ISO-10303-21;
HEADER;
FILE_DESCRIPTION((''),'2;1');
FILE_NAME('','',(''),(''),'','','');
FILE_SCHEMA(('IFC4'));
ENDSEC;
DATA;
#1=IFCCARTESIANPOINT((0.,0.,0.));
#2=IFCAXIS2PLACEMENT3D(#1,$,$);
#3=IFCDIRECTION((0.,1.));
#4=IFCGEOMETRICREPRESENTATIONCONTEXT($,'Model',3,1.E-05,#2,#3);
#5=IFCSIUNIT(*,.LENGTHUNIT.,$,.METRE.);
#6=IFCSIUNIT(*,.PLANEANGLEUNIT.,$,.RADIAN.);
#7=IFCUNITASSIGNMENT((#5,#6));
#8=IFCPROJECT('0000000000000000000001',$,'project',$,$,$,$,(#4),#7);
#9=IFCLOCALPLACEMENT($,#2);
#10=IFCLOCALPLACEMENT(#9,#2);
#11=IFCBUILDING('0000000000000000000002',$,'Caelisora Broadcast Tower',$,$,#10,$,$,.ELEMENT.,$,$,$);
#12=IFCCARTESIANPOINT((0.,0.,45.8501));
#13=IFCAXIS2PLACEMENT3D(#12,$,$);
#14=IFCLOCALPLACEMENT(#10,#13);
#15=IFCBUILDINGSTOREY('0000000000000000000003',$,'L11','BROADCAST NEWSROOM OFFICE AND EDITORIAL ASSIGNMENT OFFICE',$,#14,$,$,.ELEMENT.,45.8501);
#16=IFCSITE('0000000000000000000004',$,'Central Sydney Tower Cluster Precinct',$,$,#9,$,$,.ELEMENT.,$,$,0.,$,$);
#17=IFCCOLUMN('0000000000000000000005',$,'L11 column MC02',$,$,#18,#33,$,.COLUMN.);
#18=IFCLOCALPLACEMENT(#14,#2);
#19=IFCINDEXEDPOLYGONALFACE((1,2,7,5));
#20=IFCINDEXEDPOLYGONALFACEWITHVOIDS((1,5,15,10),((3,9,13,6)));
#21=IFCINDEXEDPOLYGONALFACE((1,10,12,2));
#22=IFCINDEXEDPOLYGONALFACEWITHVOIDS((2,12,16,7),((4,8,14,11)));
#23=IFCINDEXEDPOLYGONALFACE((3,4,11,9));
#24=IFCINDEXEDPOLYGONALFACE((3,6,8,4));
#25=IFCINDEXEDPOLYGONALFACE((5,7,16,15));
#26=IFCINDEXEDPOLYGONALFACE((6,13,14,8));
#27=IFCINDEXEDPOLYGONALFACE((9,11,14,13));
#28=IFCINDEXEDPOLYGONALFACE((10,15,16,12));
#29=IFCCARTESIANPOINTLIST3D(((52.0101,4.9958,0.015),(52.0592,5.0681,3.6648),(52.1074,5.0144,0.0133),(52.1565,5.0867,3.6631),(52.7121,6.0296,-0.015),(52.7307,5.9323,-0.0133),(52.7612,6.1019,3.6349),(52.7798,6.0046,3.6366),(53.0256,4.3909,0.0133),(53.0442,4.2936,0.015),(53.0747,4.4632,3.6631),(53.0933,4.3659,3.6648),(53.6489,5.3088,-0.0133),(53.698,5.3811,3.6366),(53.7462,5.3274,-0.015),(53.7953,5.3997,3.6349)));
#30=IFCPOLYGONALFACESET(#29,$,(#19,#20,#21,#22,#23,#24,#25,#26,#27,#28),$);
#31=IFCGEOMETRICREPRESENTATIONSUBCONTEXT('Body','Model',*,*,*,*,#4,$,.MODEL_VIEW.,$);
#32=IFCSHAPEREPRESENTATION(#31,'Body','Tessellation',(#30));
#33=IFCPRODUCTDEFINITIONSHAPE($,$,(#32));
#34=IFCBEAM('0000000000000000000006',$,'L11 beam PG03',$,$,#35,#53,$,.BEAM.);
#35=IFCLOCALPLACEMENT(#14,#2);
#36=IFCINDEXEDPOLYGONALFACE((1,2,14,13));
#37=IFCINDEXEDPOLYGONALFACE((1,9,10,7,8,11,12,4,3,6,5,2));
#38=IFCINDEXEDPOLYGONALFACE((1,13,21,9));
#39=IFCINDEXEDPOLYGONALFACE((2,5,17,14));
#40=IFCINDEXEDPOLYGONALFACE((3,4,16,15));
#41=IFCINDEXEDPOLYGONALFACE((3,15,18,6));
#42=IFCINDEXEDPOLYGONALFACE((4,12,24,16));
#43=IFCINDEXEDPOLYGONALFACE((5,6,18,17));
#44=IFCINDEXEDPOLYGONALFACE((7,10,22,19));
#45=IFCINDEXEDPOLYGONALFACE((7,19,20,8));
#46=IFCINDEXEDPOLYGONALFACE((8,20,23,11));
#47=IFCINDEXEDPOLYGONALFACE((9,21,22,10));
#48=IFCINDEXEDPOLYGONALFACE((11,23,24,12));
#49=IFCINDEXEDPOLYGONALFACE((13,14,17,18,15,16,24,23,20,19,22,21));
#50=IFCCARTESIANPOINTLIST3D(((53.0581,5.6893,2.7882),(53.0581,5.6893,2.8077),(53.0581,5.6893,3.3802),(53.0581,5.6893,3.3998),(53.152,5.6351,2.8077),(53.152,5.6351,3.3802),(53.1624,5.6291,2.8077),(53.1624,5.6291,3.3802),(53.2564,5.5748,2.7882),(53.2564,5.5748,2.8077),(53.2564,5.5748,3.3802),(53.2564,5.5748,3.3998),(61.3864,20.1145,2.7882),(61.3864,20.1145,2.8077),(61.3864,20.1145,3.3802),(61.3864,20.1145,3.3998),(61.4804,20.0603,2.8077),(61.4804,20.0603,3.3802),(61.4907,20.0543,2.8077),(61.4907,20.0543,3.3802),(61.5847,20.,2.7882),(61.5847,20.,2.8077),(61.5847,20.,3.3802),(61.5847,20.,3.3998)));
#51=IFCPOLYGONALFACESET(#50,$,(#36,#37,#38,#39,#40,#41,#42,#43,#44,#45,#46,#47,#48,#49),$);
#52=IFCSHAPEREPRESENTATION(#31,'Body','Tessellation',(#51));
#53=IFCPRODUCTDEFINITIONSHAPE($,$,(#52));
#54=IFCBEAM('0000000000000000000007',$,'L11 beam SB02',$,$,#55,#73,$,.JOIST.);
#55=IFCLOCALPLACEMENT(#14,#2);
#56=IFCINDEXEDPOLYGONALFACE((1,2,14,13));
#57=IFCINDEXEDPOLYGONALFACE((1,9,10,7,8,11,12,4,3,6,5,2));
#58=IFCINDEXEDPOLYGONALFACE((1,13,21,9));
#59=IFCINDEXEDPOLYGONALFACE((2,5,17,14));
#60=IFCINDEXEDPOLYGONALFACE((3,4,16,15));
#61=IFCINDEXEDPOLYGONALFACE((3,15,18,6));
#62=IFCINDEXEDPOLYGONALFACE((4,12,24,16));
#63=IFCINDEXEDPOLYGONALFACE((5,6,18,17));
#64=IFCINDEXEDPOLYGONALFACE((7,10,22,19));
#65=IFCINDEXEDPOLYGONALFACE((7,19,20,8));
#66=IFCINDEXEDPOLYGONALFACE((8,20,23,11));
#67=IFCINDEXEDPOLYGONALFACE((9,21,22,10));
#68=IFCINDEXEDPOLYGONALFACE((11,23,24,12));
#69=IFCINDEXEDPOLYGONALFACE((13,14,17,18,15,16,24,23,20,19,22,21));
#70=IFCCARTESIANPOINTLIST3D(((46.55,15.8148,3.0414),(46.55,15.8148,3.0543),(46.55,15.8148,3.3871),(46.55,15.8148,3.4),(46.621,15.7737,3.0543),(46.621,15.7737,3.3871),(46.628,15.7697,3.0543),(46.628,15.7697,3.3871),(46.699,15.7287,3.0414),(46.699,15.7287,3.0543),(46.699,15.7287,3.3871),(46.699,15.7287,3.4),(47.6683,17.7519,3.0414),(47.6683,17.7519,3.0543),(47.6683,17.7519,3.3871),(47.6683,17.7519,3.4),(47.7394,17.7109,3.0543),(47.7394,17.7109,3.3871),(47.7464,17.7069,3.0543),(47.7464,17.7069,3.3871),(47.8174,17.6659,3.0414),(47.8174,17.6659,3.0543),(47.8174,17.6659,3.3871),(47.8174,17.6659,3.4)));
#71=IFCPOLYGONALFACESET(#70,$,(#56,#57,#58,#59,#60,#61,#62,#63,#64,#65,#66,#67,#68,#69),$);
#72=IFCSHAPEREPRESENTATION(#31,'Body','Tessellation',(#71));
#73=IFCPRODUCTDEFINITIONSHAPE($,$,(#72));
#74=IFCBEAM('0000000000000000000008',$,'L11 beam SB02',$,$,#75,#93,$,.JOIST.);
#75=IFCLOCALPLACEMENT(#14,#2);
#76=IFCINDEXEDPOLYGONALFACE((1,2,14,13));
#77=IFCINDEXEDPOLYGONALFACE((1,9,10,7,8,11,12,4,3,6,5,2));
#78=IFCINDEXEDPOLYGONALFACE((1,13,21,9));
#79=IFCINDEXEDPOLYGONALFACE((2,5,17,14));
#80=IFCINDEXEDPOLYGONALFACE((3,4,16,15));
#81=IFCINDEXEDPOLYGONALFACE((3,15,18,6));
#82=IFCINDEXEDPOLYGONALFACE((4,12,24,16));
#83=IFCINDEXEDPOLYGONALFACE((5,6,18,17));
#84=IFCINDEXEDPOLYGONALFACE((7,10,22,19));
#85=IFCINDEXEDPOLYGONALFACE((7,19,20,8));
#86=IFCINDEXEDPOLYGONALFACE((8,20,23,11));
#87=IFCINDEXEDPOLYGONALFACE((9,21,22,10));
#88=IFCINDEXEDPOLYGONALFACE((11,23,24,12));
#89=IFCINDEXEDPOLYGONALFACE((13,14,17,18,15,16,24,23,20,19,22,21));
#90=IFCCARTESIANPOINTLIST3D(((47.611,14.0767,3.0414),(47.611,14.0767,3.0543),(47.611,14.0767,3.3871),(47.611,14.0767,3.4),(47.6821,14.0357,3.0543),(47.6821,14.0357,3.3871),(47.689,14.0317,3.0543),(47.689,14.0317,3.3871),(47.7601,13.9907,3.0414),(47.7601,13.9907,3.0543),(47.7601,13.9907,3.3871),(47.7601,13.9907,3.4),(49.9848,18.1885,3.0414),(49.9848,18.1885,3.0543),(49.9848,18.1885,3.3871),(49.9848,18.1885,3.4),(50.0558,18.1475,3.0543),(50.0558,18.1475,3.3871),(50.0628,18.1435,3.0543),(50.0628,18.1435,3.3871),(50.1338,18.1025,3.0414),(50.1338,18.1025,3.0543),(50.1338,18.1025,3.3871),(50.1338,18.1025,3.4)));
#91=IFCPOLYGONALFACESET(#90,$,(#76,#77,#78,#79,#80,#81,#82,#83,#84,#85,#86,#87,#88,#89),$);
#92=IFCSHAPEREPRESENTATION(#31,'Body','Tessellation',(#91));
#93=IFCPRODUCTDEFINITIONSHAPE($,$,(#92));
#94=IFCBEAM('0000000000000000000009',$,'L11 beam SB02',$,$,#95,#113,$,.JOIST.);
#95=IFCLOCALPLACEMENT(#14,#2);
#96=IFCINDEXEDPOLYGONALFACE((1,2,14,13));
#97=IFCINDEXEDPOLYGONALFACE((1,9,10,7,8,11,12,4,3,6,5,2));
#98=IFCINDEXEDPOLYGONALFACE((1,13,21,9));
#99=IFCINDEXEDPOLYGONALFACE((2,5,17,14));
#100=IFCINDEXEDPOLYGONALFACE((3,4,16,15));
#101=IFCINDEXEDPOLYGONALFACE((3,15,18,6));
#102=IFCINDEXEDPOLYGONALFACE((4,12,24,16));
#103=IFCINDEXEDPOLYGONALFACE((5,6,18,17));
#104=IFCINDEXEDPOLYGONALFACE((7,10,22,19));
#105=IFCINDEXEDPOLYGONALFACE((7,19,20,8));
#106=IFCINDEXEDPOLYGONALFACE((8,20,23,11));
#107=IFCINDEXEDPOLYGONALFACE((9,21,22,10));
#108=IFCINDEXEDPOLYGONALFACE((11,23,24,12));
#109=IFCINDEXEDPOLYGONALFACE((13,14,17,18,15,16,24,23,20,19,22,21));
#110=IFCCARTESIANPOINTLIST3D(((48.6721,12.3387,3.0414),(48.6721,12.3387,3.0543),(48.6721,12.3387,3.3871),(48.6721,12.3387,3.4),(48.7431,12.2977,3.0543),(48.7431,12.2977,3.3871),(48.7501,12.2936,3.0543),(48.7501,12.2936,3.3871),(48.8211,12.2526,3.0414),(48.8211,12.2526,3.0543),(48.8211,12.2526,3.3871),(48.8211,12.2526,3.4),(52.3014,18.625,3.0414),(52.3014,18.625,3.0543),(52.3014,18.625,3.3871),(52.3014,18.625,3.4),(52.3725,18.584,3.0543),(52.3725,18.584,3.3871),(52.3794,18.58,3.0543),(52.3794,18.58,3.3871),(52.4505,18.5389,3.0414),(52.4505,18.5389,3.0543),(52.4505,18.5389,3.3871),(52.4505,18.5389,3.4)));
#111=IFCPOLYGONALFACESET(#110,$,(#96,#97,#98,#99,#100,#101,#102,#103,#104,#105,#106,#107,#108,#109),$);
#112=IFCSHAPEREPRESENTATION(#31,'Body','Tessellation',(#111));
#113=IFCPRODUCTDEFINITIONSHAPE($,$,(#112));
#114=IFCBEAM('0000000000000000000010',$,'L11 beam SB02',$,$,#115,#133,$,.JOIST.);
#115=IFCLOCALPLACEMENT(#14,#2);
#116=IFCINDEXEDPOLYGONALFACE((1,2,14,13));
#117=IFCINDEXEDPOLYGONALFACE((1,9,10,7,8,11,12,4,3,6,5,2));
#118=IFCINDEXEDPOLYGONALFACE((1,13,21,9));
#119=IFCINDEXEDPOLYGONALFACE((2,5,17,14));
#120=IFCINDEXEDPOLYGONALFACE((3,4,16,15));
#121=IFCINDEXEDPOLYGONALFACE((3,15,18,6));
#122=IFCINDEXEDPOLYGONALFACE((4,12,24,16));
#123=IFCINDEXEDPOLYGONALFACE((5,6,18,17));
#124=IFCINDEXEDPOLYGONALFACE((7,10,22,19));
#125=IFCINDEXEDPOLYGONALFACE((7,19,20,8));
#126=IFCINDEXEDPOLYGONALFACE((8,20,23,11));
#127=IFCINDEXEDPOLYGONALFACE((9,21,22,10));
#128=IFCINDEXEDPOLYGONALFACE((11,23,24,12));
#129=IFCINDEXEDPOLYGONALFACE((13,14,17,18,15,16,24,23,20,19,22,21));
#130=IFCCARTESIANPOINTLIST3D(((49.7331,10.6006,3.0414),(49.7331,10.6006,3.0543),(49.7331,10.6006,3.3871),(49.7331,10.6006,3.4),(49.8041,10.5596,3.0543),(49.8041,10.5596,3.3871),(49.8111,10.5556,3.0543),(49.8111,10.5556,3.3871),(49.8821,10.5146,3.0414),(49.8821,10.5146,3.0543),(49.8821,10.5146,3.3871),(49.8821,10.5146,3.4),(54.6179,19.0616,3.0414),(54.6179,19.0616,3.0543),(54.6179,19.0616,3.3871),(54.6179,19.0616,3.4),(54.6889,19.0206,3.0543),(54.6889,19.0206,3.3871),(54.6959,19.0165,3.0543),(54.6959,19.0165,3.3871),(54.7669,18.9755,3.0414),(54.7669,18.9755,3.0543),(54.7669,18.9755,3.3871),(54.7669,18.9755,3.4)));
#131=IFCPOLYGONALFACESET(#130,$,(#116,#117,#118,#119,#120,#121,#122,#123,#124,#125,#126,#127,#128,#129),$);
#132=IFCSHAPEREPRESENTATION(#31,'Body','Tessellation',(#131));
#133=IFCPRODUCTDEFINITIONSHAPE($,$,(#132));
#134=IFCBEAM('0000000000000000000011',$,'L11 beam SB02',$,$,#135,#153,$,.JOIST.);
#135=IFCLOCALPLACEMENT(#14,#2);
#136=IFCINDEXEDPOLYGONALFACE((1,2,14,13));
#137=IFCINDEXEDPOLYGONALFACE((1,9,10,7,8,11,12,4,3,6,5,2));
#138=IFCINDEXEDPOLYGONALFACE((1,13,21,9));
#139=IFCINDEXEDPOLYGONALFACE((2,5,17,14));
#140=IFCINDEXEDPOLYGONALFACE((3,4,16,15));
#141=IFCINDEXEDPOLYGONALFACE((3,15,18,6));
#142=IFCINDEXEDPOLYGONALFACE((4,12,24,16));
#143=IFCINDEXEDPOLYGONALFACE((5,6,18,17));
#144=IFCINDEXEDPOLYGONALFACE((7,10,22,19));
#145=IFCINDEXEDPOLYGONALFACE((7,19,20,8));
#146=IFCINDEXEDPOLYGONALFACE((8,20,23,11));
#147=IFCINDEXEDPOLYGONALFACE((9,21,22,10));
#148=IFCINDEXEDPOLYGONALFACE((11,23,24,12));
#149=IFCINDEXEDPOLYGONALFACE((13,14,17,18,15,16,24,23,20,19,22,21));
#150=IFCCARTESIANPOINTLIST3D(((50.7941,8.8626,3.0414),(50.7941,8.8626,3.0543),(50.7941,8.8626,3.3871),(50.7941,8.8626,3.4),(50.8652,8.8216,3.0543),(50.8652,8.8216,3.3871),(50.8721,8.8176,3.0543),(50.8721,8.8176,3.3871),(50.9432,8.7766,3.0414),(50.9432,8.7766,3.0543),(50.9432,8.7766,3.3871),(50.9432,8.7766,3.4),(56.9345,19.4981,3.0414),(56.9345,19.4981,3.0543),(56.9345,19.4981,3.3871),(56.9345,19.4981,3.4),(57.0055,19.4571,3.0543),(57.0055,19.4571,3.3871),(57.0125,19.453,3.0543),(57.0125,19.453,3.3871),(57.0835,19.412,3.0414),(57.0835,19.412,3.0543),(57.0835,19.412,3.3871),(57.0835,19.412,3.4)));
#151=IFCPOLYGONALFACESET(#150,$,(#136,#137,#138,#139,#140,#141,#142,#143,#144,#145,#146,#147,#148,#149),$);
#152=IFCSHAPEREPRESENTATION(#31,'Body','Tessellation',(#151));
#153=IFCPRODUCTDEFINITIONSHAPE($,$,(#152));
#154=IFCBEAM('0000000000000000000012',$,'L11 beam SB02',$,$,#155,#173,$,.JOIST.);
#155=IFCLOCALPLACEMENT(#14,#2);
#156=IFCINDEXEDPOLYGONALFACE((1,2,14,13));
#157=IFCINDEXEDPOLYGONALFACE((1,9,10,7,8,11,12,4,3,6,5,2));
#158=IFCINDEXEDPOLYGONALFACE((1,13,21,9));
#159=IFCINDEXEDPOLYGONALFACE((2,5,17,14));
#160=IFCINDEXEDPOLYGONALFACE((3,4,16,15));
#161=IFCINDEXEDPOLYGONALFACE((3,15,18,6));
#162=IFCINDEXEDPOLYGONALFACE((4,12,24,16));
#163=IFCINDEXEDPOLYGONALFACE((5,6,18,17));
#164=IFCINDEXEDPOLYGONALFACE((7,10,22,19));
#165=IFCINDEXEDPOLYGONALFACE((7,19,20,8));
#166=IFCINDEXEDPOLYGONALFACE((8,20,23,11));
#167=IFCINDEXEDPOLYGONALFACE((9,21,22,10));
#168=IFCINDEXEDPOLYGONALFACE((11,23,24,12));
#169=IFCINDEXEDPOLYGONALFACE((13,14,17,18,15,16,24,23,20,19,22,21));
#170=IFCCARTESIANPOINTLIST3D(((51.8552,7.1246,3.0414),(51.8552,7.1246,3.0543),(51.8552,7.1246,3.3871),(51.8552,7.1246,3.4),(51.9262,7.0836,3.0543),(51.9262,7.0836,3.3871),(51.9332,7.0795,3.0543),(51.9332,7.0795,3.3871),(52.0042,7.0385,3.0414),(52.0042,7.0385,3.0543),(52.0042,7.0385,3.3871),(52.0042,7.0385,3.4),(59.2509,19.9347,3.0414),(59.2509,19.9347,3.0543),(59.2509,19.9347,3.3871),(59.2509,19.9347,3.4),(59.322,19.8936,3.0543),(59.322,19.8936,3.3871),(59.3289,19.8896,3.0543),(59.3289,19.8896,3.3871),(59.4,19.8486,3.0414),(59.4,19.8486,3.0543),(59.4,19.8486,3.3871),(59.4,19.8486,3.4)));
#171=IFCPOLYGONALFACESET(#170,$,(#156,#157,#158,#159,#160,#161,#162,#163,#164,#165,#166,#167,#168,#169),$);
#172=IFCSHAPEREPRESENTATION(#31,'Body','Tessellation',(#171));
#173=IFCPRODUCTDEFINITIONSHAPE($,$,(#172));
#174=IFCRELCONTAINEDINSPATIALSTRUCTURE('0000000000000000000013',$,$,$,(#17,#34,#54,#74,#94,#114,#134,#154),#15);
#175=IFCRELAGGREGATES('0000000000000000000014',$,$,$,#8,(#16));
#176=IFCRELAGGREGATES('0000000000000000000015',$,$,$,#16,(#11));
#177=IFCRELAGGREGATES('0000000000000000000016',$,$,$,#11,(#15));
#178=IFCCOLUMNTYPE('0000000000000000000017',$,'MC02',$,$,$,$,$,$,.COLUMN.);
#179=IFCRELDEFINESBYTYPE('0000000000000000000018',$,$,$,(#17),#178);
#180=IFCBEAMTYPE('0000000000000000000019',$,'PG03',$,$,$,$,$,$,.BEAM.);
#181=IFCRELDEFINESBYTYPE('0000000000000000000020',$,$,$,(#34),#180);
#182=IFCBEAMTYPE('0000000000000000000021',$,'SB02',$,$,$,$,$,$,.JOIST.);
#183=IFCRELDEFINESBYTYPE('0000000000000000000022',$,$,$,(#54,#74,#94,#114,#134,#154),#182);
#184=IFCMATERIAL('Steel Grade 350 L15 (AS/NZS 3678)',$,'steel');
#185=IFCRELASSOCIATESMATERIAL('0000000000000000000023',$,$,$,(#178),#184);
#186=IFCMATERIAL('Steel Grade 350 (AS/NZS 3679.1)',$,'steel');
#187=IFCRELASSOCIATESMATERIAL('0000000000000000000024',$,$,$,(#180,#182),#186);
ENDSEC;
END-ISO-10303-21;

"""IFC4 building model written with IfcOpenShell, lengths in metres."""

from ifc_helpers import new_model, si_unit, direction, frame, origin, origin_2d, place, context, subcontext, project, spatial, hollow_rectangle, i_section, extrude, source, transform, mapped, material, material_profile, profile_set, type_object, type_shapes, element, save


model = new_model("IFC4")

# Units and contexts
model_context = context("Model", 3, precision=1e-05, world=origin(), true_north=direction((0.0, 1.0)))
body_context = subcontext(model_context, "Body", "Model", "MODEL_VIEW")
ifc_project = project(units=[si_unit("LENGTHUNIT", "METRE"), si_unit("PLANEANGLEUNIT", "RADIAN")], contexts=[model_context])

# Site, building, storey
site_placement = place(None, origin())
site = spatial("IfcSite", under=ifc_project, at=site_placement, Name="Central Sydney Tower Cluster Precinct", CompositionType="ELEMENT", RefElevation=0.0)
building_placement = place(site_placement, origin())
building = spatial("IfcBuilding", under=site, at=building_placement, Name="Caelisora Broadcast Tower", CompositionType="ELEMENT")
storey_placement = place(building_placement, frame((0.0, 0.0, 45.8501)))
storey = spatial("IfcBuildingStorey", under=building, at=storey_placement, Name="L11", Description="BROADCAST NEWSROOM OFFICE AND EDITORIAL ASSIGNMENT OFFICE", CompositionType="ELEMENT", Elevation=45.8501)

# Column
ifc_material_1 = material(Name="Steel Grade 350 L15 (AS/NZS 3678)", Category="steel")
ifc_material_profile_1 = material_profile(ifc_material_1, hollow_rectangle(XDim=1.25, YDim=1.25, WallThickness=0.0701, at=origin_2d()), Name="Steel Grade 350 L15 (AS/NZS 3678)")
ifc_profile_set_1 = profile_set([ifc_material_profile_1], Name="Steel Grade 350 L15 (AS/NZS 3678)")
column_type = type_object("IfcColumnType", Name="MC02", PredefinedType="COLUMN", material=ifc_profile_set_1)
shared_shape_1 = source(origin(), body_context, "Body", "SweptSolid", [
    extrude(hollow_rectangle(XDim=1.25, YDim=1.25, WallThickness=0.0701, at=origin_2d()), origin(), (0.0, 0.0, 1.0), 3.6509),
])
type_shapes(column_type, [shared_shape_1])
column_placement = place(storey_placement, frame((52.8782, 5.1616, 0.0), z_axis=(0.013441, 0.019794, 0.999714), x_axis=(-0.82729, 0.561775, 0.0)))
element("IfcColumn", 1, at=column_placement, inside=storey, type_object=column_type, Name="L11 column MC02", PredefinedType="COLUMN", context=body_context, shape_type="MappedRepresentation", body=[
    mapped(shared_shape_1, transform((0.0, 0.0, 0.0), scale=1.0)),
])

# Beams
ifc_material_2 = material(Name="Steel Grade 350 (AS/NZS 3679.1)", Category="steel")
ifc_material_profile_2 = material_profile(ifc_material_2, i_section(OverallWidth=0.229, OverallDepth=0.6116, WebThickness=0.012, FlangeThickness=0.0195, at=origin_2d()), Name="Steel Grade 350 (AS/NZS 3679.1)")
ifc_profile_set_2 = profile_set([ifc_material_profile_2], Name="Steel Grade 350 (AS/NZS 3679.1)")
beam_type_1 = type_object("IfcBeamType", Name="PG03", PredefinedType="BEAM", material=ifc_profile_set_2)
shared_shape_2 = source(origin(), body_context, "Body", "SweptSolid", [
    extrude(i_section(OverallWidth=0.229, OverallDepth=0.6116, WebThickness=0.012, FlangeThickness=0.0195, at=origin_2d()), origin(), (0.0, 0.0, 1.0), 16.6567),
])
type_shapes(beam_type_1, [shared_shape_2])
beam_1_placement = place(storey_placement, frame((53.1572, 5.6321, 3.094), z_axis=(0.499997, 0.866027, 0.0), x_axis=(-0.866027, 0.499997, 0.0)))
element("IfcBeam", 2, at=beam_1_placement, inside=storey, type_object=beam_type_1, Name="L11 beam PG03", PredefinedType="BEAM", context=body_context, shape_type="MappedRepresentation", body=[
    mapped(shared_shape_2, transform((0.0, 0.0, 0.0), scale=1.0)),
])
ifc_material_profile_3 = material_profile(ifc_material_2, i_section(OverallWidth=0.1721, OverallDepth=0.3586, WebThickness=0.0081, FlangeThickness=0.0129, at=origin_2d()), Name="Steel Grade 350 (AS/NZS 3679.1)")
ifc_profile_set_3 = profile_set([ifc_material_profile_3], Name="Steel Grade 350 (AS/NZS 3679.1)")
beam_type_2 = type_object("IfcBeamType", Name="SB02", PredefinedType="JOIST", material=ifc_profile_set_3)
shared_shape_3 = source(origin(), body_context, "Body", "SweptSolid", [
    extrude(i_section(OverallWidth=0.1721, OverallDepth=0.3586, WebThickness=0.0081, FlangeThickness=0.0129, at=origin_2d()), origin(), (0.0, 0.0, 1.0), 2.2368),
])
beam_2_placement = place(storey_placement, frame((46.6245, 15.7717, 3.2207), z_axis=(0.499978, 0.866038, 0.0), x_axis=(-0.866038, 0.499978, 0.0)))
element("IfcBeam", 3, at=beam_2_placement, inside=storey, type_object=beam_type_2, Name="L11 beam SB02", PredefinedType="JOIST", context=body_context, shape_type="MappedRepresentation", body=[
    mapped(shared_shape_3, transform((0.0, 0.0, 0.0), scale=1.0)),
])
shared_shape_4 = source(origin(), body_context, "Body", "SweptSolid", [
    extrude(i_section(OverallWidth=0.1721, OverallDepth=0.3586, WebThickness=0.0081, FlangeThickness=0.0129, at=origin_2d()), origin(), (0.0, 0.0, 1.0), 4.7478),
])
beam_3_placement = place(storey_placement, frame((47.6855, 14.0337, 3.2207), z_axis=(0.499972, 0.866042, 0.0), x_axis=(-0.866042, 0.499972, 0.0)))
element("IfcBeam", 4, at=beam_3_placement, inside=storey, type_object=beam_type_2, Name="L11 beam SB02", PredefinedType="JOIST", context=body_context, shape_type="MappedRepresentation", body=[
    mapped(shared_shape_4, transform((0.0, 0.0, 0.0), scale=1.0)),
])
shared_shape_5 = source(origin(), body_context, "Body", "SweptSolid", [
    extrude(i_section(OverallWidth=0.1721, OverallDepth=0.3586, WebThickness=0.0081, FlangeThickness=0.0129, at=origin_2d()), origin(), (0.0, 0.0, 1.0), 7.2588),
])
beam_4_placement = place(storey_placement, frame((48.7466, 12.2957, 3.2207), z_axis=(0.499995, 0.866028, 0.0), x_axis=(-0.866028, 0.499995, 0.0)))
element("IfcBeam", 5, at=beam_4_placement, inside=storey, type_object=beam_type_2, Name="L11 beam SB02", PredefinedType="JOIST", context=body_context, shape_type="MappedRepresentation", body=[
    mapped(shared_shape_5, transform((0.0, 0.0, 0.0), scale=1.0)),
])
shared_shape_6 = source(origin(), body_context, "Body", "SweptSolid", [
    extrude(i_section(OverallWidth=0.1721, OverallDepth=0.3586, WebThickness=0.0081, FlangeThickness=0.0129, at=origin_2d()), origin(), (0.0, 0.0, 1.0), 9.7698),
])
beam_5_placement = place(storey_placement, frame((49.8076, 10.5576, 3.2207), z_axis=(0.499988, 0.866032, 0.0), x_axis=(-0.866032, 0.499988, 0.0)))
element("IfcBeam", 6, at=beam_5_placement, inside=storey, type_object=beam_type_2, Name="L11 beam SB02", PredefinedType="JOIST", context=body_context, shape_type="MappedRepresentation", body=[
    mapped(shared_shape_6, transform((0.0, 0.0, 0.0), scale=1.0)),
])
shared_shape_7 = source(origin(), body_context, "Body", "SweptSolid", [
    extrude(i_section(OverallWidth=0.1721, OverallDepth=0.3586, WebThickness=0.0081, FlangeThickness=0.0129, at=origin_2d()), origin(), (0.0, 0.0, 1.0), 12.2808),
])
beam_6_placement = place(storey_placement, frame((50.8687, 8.8196, 3.2207), z_axis=(0.499998, 0.866026, 0.0), x_axis=(-0.866026, 0.499998, 0.0)))
element("IfcBeam", 7, at=beam_6_placement, inside=storey, type_object=beam_type_2, Name="L11 beam SB02", PredefinedType="JOIST", context=body_context, shape_type="MappedRepresentation", body=[
    mapped(shared_shape_7, transform((0.0, 0.0, 0.0), scale=1.0)),
])
shared_shape_8 = source(origin(), body_context, "Body", "SweptSolid", [
    extrude(i_section(OverallWidth=0.1721, OverallDepth=0.3586, WebThickness=0.0081, FlangeThickness=0.0129, at=origin_2d()), origin(), (0.0, 0.0, 1.0), 14.7917),
])
type_shapes(beam_type_2, [shared_shape_3, shared_shape_4, shared_shape_5, shared_shape_6, shared_shape_7, shared_shape_8])
beam_7_placement = place(storey_placement, frame((51.9297, 7.0815, 3.2207), z_axis=(0.499993, 0.866029, 0.0), x_axis=(-0.866029, 0.499993, 0.0)))
element("IfcBeam", 8, at=beam_7_placement, inside=storey, type_object=beam_type_2, Name="L11 beam SB02", PredefinedType="JOIST", context=body_context, shape_type="MappedRepresentation", body=[
    mapped(shared_shape_8, transform((0.0, 0.0, 0.0), scale=1.0)),
])

save(model, "model.ifc")
